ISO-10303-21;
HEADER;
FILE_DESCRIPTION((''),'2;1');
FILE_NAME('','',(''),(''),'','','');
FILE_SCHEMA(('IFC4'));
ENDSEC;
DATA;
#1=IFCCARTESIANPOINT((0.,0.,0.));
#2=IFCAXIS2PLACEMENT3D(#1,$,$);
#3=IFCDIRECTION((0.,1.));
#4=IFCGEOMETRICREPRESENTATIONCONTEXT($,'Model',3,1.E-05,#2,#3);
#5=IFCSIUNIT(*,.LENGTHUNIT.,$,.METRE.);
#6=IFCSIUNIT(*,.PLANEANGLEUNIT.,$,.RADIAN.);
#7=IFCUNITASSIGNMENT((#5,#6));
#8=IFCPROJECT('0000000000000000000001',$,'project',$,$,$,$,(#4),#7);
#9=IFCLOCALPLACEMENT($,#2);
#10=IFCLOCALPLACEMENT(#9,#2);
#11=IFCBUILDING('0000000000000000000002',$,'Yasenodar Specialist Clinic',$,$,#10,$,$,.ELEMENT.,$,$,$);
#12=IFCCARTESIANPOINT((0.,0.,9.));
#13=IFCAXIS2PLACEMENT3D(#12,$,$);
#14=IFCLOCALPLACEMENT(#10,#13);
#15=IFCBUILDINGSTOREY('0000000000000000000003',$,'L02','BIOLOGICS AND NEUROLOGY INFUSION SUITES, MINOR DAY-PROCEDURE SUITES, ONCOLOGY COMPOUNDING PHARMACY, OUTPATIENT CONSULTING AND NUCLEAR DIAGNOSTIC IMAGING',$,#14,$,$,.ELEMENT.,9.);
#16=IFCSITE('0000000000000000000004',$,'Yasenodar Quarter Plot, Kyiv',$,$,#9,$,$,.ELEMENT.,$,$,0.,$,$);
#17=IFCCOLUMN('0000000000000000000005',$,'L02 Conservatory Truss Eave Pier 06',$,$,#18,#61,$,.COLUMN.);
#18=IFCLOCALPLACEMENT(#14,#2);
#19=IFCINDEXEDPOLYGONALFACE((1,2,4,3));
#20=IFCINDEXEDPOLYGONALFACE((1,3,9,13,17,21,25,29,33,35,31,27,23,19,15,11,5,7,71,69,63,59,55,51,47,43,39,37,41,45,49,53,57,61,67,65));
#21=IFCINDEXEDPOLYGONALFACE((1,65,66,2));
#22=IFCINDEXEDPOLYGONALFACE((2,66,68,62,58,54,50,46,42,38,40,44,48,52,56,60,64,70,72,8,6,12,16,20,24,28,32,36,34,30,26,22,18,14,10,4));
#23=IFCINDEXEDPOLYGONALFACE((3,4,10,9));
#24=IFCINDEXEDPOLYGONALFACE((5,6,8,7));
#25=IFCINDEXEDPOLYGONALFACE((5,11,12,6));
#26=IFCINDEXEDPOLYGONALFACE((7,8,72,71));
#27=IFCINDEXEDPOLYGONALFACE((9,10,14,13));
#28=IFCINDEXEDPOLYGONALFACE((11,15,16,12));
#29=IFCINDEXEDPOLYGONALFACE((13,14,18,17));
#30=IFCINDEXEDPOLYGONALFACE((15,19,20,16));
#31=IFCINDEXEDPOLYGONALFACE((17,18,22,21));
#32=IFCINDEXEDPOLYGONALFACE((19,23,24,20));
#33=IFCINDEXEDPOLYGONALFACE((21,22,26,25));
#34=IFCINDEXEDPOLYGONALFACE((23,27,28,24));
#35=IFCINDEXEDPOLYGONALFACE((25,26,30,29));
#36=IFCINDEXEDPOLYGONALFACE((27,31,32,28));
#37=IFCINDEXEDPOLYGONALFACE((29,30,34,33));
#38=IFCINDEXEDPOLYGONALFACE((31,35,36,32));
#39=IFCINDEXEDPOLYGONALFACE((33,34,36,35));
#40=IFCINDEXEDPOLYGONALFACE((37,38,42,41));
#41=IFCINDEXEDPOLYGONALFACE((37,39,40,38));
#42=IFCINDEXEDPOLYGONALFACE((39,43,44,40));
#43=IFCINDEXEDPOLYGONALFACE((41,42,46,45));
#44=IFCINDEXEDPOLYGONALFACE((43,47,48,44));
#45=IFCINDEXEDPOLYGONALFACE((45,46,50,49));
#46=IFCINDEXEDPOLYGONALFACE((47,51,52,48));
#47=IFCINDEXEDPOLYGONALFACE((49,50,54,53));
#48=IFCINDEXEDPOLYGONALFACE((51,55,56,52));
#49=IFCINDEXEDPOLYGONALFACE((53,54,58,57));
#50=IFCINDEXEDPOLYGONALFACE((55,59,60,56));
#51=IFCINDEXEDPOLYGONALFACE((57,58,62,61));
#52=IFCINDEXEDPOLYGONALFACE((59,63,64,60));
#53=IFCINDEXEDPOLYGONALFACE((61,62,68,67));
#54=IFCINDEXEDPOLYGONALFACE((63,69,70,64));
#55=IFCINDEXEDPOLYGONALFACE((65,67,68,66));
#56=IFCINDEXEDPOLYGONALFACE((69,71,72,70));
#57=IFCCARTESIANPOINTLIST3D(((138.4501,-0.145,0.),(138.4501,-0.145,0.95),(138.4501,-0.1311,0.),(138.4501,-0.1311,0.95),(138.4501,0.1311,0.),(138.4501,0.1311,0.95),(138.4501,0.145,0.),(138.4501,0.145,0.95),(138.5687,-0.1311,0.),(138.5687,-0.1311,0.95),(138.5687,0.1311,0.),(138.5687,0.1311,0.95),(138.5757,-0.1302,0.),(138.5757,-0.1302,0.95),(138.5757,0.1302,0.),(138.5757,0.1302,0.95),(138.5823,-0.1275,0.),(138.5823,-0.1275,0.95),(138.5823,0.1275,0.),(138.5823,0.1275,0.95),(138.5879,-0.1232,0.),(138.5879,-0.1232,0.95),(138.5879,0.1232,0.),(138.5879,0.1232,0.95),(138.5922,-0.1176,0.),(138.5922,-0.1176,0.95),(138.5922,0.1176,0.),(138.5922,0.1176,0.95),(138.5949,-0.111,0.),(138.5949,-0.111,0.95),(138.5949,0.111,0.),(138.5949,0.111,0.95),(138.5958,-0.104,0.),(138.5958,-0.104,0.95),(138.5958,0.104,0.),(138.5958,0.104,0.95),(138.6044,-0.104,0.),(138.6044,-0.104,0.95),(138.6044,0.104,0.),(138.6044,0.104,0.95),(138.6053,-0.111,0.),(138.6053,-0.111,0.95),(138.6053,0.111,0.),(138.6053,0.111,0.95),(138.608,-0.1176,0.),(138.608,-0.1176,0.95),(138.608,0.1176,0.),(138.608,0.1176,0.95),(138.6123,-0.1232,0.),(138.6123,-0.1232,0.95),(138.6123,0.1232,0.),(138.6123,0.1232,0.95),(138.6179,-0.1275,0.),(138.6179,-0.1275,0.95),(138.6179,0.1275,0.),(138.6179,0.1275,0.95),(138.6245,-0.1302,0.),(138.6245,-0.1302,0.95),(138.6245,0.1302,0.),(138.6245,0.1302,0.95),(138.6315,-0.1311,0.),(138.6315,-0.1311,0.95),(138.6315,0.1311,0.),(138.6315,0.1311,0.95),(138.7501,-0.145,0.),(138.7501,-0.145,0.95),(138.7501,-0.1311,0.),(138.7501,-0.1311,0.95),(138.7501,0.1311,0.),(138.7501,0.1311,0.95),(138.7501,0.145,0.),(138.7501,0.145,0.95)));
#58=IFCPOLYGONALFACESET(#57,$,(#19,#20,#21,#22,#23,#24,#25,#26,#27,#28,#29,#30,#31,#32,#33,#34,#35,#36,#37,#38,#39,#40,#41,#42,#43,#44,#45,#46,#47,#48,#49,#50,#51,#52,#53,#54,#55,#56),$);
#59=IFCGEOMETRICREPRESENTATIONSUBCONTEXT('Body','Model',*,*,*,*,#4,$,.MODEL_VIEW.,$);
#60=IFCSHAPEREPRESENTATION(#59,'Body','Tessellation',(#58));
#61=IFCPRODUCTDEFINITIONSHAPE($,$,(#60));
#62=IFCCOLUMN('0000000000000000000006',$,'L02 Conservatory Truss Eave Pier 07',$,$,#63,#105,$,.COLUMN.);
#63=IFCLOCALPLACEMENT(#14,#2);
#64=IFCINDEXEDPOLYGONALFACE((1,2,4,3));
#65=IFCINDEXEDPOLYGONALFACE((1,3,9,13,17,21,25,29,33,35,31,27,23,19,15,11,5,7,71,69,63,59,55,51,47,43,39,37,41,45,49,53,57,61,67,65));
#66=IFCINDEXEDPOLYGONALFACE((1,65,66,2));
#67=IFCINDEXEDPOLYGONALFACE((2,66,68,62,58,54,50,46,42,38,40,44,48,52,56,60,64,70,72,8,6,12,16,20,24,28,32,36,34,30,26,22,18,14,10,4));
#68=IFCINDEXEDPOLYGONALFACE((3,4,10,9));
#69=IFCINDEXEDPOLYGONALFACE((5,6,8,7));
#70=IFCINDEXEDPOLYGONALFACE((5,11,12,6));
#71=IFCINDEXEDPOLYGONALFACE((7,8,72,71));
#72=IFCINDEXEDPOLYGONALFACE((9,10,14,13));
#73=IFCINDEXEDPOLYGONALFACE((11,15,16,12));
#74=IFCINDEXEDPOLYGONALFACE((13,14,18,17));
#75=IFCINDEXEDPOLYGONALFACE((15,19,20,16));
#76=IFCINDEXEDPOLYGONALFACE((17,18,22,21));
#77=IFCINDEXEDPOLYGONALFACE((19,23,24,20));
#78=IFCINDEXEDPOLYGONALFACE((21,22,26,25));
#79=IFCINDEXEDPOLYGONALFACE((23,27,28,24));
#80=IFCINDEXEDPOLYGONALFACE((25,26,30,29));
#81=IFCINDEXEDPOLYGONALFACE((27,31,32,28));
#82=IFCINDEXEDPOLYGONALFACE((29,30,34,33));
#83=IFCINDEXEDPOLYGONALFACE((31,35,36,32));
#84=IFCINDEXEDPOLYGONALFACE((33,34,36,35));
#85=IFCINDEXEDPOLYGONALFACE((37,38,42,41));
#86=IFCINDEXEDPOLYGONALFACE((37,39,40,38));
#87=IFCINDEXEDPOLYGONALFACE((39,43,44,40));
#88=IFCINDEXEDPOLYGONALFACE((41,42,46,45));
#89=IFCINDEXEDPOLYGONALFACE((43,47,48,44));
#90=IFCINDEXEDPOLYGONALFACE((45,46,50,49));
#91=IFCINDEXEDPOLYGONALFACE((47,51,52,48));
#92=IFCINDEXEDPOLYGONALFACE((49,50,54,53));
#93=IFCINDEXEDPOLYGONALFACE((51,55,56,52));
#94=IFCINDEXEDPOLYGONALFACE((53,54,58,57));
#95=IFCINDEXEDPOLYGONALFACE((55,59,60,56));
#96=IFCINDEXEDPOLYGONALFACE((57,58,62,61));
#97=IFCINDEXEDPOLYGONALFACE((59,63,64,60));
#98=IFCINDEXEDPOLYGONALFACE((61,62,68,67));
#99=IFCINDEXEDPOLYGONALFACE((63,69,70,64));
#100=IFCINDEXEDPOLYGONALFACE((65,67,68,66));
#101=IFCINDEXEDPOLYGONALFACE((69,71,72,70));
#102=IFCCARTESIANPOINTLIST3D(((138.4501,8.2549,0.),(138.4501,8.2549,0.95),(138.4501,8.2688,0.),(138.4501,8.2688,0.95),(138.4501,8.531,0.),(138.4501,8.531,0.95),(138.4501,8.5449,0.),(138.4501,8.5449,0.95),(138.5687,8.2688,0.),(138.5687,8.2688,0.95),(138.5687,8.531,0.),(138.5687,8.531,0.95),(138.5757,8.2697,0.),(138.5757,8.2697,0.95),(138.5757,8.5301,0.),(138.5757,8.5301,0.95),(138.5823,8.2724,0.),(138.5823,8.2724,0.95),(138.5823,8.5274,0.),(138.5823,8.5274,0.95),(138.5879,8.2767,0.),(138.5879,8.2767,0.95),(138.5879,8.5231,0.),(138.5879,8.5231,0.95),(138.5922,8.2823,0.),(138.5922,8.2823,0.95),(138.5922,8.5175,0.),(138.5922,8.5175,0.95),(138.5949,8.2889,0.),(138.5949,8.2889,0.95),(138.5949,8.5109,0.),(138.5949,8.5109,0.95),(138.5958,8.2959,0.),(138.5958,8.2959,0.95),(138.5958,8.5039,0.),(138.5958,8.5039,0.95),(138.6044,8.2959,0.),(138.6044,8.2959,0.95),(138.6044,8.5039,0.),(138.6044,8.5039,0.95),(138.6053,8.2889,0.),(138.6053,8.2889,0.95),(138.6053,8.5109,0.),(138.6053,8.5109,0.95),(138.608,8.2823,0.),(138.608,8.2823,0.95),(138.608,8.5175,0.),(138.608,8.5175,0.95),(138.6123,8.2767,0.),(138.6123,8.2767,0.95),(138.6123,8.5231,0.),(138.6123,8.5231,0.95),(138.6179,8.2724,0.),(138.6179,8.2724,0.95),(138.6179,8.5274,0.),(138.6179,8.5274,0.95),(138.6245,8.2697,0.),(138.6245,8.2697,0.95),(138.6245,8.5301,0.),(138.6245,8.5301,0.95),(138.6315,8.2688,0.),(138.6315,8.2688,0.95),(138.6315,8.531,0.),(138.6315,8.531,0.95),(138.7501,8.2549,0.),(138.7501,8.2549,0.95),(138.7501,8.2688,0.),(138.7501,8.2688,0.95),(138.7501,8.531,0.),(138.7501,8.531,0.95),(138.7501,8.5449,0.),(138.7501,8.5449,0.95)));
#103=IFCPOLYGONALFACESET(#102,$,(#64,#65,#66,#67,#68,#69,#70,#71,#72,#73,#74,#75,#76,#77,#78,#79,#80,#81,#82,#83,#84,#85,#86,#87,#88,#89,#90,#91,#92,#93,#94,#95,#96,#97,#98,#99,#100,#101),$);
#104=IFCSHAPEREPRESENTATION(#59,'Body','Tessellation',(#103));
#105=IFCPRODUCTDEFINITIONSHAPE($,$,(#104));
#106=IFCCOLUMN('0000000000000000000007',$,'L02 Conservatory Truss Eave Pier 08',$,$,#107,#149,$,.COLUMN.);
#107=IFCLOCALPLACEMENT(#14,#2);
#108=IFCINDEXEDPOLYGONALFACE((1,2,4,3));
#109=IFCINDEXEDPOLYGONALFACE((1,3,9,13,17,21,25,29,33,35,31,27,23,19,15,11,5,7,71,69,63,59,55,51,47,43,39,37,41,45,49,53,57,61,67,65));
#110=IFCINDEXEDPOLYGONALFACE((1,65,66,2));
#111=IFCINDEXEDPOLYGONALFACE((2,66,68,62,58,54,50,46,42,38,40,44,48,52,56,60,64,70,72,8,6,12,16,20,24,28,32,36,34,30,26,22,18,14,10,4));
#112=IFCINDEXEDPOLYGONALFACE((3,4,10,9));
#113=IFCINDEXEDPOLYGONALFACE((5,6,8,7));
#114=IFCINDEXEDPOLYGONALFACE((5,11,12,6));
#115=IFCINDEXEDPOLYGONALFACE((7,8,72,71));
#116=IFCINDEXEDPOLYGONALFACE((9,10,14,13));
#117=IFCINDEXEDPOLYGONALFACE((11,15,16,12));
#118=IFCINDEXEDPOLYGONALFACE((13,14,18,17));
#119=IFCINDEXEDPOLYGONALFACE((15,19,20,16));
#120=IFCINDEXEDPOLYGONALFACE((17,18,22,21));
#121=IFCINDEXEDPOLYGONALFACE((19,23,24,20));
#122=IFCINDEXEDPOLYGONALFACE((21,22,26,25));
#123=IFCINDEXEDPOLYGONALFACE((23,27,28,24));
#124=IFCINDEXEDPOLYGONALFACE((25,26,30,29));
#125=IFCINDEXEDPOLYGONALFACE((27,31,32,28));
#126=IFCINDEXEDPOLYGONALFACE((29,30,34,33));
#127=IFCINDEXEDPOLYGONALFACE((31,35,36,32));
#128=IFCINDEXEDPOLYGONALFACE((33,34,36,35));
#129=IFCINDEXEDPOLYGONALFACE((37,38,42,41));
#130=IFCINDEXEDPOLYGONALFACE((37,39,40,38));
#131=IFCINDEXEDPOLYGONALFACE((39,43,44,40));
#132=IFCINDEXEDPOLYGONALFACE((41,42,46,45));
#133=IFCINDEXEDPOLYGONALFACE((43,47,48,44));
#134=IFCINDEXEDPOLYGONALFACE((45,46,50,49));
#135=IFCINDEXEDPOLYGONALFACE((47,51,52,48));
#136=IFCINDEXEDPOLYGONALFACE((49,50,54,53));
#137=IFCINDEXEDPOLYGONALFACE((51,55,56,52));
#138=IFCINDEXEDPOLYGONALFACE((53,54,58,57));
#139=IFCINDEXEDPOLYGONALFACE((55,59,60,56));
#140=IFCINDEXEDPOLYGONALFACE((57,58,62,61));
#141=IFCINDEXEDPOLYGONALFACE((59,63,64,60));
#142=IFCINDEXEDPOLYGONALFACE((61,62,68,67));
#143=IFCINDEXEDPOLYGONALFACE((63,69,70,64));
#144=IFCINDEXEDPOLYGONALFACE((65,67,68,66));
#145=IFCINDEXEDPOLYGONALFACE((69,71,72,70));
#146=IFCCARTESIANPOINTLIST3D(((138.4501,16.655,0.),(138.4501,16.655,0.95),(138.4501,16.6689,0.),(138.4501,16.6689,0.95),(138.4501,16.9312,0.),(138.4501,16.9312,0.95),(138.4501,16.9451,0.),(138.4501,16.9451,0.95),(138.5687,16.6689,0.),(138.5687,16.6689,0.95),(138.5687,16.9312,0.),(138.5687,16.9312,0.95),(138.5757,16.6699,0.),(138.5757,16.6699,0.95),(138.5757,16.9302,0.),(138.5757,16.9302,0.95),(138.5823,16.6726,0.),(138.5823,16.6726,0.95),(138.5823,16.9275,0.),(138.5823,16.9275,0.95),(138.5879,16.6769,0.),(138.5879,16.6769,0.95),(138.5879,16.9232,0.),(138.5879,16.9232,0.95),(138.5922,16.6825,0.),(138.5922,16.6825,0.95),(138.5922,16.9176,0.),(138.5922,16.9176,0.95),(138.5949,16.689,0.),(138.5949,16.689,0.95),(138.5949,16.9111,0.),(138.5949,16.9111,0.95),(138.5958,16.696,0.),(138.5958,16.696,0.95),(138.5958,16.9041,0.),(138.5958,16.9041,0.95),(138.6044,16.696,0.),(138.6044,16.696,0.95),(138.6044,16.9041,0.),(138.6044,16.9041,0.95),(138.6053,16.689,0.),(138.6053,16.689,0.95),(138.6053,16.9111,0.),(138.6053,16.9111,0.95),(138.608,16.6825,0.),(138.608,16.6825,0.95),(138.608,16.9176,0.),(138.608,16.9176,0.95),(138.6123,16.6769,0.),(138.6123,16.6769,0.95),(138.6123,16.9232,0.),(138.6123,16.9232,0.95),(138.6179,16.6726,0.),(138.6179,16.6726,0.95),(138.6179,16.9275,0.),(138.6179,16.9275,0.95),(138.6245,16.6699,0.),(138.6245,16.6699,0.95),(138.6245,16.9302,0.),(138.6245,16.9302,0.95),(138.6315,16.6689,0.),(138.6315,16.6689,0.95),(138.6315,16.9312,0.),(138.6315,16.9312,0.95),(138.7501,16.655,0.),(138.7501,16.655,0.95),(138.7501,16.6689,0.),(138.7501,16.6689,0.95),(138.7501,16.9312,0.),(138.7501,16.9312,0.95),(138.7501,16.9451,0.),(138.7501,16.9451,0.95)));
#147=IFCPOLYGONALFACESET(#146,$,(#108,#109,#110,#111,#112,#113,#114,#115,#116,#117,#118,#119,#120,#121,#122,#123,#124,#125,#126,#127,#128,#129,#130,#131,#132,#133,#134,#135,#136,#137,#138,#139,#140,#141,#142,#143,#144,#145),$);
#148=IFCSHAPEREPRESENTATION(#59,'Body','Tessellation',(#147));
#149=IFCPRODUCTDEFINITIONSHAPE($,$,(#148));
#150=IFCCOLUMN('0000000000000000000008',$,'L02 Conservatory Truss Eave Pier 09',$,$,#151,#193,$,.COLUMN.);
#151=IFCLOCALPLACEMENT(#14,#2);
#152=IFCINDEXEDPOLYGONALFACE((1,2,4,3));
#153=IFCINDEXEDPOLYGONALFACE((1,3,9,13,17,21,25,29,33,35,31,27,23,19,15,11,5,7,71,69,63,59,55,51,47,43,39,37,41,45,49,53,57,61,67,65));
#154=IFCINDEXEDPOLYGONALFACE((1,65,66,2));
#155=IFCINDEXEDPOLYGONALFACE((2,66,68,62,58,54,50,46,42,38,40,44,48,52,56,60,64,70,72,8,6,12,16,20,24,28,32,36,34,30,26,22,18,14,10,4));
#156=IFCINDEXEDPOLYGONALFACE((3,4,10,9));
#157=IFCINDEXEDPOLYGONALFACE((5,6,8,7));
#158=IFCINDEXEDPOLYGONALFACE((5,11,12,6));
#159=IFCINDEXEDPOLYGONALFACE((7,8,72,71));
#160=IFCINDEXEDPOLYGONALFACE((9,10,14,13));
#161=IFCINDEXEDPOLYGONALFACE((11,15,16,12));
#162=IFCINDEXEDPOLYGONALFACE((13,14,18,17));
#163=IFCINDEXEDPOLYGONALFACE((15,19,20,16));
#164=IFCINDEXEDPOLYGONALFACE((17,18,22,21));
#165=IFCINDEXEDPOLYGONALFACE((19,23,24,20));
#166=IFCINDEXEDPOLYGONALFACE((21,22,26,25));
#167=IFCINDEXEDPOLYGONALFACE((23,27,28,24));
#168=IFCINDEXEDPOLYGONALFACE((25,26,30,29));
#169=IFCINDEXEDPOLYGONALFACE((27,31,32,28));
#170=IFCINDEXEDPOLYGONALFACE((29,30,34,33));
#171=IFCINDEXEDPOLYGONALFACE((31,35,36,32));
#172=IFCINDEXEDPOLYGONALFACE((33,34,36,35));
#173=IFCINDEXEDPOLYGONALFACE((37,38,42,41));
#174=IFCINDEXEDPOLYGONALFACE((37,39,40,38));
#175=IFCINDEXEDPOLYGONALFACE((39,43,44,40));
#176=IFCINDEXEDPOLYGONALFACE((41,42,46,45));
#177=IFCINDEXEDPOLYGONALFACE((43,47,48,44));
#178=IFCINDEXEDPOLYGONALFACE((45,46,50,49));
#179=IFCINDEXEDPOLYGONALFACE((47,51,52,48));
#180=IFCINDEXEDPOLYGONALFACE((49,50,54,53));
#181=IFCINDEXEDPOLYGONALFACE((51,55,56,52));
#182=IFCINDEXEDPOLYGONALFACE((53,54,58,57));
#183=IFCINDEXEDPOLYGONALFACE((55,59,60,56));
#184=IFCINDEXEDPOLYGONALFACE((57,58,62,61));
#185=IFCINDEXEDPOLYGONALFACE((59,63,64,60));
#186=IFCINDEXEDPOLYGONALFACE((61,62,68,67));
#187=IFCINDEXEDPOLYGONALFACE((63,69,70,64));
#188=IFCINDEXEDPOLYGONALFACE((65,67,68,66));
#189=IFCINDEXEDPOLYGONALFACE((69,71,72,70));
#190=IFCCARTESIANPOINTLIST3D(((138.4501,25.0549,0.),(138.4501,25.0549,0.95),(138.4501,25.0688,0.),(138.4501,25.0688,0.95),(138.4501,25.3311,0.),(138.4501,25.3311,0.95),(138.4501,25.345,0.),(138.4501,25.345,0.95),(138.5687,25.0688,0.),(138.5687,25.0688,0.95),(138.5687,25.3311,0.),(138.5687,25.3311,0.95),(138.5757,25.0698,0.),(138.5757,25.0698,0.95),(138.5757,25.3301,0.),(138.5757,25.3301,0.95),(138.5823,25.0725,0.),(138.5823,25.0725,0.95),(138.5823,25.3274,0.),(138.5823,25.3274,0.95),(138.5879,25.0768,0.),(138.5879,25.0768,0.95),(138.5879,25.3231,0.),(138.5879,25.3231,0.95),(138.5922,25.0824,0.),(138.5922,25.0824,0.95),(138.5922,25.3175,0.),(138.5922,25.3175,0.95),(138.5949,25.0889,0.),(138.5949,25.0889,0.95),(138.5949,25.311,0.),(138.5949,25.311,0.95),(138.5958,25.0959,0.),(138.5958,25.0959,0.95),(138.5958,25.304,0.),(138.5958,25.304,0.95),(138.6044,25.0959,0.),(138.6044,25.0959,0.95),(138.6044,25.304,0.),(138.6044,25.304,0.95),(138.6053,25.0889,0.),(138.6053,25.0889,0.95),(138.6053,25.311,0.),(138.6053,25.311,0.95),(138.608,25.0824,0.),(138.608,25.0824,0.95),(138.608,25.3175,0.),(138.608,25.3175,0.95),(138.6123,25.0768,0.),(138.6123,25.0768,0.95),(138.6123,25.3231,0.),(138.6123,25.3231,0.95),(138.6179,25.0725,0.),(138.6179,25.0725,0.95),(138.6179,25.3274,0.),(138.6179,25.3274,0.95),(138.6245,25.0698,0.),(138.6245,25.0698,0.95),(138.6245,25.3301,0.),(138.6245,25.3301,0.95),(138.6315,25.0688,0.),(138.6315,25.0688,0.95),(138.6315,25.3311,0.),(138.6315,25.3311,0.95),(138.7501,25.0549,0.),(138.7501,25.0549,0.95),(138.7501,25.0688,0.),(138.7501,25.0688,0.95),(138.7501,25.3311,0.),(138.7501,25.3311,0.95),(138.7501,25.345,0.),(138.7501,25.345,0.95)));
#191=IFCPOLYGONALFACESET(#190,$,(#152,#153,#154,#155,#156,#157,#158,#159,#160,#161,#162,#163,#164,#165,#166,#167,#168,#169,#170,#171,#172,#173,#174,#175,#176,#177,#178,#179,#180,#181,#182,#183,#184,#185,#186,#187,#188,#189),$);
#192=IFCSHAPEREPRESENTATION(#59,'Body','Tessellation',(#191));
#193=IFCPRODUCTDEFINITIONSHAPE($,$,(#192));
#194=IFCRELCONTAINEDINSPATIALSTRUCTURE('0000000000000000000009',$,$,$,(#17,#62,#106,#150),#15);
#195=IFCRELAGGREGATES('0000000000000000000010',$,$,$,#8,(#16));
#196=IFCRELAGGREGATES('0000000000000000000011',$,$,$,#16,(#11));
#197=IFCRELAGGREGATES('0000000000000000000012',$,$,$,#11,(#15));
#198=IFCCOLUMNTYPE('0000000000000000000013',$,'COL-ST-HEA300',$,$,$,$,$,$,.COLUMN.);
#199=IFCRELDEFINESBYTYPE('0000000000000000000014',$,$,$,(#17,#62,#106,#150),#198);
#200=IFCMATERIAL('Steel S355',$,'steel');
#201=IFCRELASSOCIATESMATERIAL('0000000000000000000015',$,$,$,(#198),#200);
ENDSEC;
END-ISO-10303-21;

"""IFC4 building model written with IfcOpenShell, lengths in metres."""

from ifc_helpers import new_model, si_unit, direction, frame, origin, origin_2d, place, context, subcontext, project, spatial, i_section, extrude, material, material_profile, profile_set, type_object, element, save


model = new_model("IFC4")

# Units and contexts
model_context = context("Model", 3, precision=1e-05, world=origin(), true_north=direction((0.0, 1.0)))
body_context = subcontext(model_context, "Body", "Model", "MODEL_VIEW")
ifc_project = project(units=[si_unit("LENGTHUNIT", "METRE"), si_unit("PLANEANGLEUNIT", "RADIAN")], contexts=[model_context])

# Site, building, storey
site_placement = place(None, origin())
site = spatial("IfcSite", under=ifc_project, at=site_placement, Name="Yasenodar Quarter Plot, Kyiv", CompositionType="ELEMENT", RefElevation=0.0)
building_placement = place(site_placement, origin())
building = spatial("IfcBuilding", under=site, at=building_placement, Name="Yasenodar Specialist Clinic", CompositionType="ELEMENT")
storey_placement = place(building_placement, frame((0.0, 0.0, 9.0)))
storey = spatial("IfcBuildingStorey", under=building, at=storey_placement, Name="L02", Description="BIOLOGICS AND NEUROLOGY INFUSION SUITES, MINOR DAY-PROCEDURE SUITES, ONCOLOGY COMPOUNDING PHARMACY, OUTPATIENT CONSULTING AND NUCLEAR DIAGNOSTIC IMAGING", CompositionType="ELEMENT", Elevation=9.0)

# Columns
ifc_material = material(Name="Steel S355", Category="steel")
ifc_material_profile_1 = material_profile(ifc_material, i_section(OverallWidth=0.3, OverallDepth=0.29, WebThickness=0.0085, FlangeThickness=0.0139, FilletRadius=0.0271, at=origin_2d()), Name="HEA 300")
ifc_profile_set_1 = profile_set([ifc_material_profile_1], Name="Steel S355")
column_type_1 = type_object("IfcColumnType", Name="COL-ST-HEA300", PredefinedType="COLUMN", material=ifc_profile_set_1)
for number, where, z_axis, x_axis, name in (
    (1, (138.6001, 0.0, 0.0), (0.0, 0.0, 1.0), (1.0, 0.0, 0.0), "L02 Conservatory Truss Eave Pier 06"),
    (2, (138.6001, 8.3999, 0.0), (0.0, 0.0, 1.0), (1.0, 0.0, 0.0), "L02 Conservatory Truss Eave Pier 07"),
    (3, (138.6001, 16.8, 0.0), (0.0, 0.0, 1.0), (1.0, 0.0, 0.0), "L02 Conservatory Truss Eave Pier 08"),
    (4, (138.6001, 25.2, 0.0), (0.0, 0.0, 1.0), (1.0, 0.0, 0.0), "L02 Conservatory Truss Eave Pier 09"),
):
    element("IfcColumn", number, at=place(storey_placement, frame(where, z_axis=z_axis, x_axis=x_axis)), inside=storey, type_object=column_type_1, Name=name, PredefinedType="COLUMN", context=body_context, shape_type="SweptSolid", body=[
        extrude(i_section(OverallWidth=0.3, OverallDepth=0.29, WebThickness=0.0085, FlangeThickness=0.0139, FilletRadius=0.0271, at=origin_2d()), origin(), (0.0, 0.0, 1.0), 0.95),
    ])

save(model, "model.ifc")
